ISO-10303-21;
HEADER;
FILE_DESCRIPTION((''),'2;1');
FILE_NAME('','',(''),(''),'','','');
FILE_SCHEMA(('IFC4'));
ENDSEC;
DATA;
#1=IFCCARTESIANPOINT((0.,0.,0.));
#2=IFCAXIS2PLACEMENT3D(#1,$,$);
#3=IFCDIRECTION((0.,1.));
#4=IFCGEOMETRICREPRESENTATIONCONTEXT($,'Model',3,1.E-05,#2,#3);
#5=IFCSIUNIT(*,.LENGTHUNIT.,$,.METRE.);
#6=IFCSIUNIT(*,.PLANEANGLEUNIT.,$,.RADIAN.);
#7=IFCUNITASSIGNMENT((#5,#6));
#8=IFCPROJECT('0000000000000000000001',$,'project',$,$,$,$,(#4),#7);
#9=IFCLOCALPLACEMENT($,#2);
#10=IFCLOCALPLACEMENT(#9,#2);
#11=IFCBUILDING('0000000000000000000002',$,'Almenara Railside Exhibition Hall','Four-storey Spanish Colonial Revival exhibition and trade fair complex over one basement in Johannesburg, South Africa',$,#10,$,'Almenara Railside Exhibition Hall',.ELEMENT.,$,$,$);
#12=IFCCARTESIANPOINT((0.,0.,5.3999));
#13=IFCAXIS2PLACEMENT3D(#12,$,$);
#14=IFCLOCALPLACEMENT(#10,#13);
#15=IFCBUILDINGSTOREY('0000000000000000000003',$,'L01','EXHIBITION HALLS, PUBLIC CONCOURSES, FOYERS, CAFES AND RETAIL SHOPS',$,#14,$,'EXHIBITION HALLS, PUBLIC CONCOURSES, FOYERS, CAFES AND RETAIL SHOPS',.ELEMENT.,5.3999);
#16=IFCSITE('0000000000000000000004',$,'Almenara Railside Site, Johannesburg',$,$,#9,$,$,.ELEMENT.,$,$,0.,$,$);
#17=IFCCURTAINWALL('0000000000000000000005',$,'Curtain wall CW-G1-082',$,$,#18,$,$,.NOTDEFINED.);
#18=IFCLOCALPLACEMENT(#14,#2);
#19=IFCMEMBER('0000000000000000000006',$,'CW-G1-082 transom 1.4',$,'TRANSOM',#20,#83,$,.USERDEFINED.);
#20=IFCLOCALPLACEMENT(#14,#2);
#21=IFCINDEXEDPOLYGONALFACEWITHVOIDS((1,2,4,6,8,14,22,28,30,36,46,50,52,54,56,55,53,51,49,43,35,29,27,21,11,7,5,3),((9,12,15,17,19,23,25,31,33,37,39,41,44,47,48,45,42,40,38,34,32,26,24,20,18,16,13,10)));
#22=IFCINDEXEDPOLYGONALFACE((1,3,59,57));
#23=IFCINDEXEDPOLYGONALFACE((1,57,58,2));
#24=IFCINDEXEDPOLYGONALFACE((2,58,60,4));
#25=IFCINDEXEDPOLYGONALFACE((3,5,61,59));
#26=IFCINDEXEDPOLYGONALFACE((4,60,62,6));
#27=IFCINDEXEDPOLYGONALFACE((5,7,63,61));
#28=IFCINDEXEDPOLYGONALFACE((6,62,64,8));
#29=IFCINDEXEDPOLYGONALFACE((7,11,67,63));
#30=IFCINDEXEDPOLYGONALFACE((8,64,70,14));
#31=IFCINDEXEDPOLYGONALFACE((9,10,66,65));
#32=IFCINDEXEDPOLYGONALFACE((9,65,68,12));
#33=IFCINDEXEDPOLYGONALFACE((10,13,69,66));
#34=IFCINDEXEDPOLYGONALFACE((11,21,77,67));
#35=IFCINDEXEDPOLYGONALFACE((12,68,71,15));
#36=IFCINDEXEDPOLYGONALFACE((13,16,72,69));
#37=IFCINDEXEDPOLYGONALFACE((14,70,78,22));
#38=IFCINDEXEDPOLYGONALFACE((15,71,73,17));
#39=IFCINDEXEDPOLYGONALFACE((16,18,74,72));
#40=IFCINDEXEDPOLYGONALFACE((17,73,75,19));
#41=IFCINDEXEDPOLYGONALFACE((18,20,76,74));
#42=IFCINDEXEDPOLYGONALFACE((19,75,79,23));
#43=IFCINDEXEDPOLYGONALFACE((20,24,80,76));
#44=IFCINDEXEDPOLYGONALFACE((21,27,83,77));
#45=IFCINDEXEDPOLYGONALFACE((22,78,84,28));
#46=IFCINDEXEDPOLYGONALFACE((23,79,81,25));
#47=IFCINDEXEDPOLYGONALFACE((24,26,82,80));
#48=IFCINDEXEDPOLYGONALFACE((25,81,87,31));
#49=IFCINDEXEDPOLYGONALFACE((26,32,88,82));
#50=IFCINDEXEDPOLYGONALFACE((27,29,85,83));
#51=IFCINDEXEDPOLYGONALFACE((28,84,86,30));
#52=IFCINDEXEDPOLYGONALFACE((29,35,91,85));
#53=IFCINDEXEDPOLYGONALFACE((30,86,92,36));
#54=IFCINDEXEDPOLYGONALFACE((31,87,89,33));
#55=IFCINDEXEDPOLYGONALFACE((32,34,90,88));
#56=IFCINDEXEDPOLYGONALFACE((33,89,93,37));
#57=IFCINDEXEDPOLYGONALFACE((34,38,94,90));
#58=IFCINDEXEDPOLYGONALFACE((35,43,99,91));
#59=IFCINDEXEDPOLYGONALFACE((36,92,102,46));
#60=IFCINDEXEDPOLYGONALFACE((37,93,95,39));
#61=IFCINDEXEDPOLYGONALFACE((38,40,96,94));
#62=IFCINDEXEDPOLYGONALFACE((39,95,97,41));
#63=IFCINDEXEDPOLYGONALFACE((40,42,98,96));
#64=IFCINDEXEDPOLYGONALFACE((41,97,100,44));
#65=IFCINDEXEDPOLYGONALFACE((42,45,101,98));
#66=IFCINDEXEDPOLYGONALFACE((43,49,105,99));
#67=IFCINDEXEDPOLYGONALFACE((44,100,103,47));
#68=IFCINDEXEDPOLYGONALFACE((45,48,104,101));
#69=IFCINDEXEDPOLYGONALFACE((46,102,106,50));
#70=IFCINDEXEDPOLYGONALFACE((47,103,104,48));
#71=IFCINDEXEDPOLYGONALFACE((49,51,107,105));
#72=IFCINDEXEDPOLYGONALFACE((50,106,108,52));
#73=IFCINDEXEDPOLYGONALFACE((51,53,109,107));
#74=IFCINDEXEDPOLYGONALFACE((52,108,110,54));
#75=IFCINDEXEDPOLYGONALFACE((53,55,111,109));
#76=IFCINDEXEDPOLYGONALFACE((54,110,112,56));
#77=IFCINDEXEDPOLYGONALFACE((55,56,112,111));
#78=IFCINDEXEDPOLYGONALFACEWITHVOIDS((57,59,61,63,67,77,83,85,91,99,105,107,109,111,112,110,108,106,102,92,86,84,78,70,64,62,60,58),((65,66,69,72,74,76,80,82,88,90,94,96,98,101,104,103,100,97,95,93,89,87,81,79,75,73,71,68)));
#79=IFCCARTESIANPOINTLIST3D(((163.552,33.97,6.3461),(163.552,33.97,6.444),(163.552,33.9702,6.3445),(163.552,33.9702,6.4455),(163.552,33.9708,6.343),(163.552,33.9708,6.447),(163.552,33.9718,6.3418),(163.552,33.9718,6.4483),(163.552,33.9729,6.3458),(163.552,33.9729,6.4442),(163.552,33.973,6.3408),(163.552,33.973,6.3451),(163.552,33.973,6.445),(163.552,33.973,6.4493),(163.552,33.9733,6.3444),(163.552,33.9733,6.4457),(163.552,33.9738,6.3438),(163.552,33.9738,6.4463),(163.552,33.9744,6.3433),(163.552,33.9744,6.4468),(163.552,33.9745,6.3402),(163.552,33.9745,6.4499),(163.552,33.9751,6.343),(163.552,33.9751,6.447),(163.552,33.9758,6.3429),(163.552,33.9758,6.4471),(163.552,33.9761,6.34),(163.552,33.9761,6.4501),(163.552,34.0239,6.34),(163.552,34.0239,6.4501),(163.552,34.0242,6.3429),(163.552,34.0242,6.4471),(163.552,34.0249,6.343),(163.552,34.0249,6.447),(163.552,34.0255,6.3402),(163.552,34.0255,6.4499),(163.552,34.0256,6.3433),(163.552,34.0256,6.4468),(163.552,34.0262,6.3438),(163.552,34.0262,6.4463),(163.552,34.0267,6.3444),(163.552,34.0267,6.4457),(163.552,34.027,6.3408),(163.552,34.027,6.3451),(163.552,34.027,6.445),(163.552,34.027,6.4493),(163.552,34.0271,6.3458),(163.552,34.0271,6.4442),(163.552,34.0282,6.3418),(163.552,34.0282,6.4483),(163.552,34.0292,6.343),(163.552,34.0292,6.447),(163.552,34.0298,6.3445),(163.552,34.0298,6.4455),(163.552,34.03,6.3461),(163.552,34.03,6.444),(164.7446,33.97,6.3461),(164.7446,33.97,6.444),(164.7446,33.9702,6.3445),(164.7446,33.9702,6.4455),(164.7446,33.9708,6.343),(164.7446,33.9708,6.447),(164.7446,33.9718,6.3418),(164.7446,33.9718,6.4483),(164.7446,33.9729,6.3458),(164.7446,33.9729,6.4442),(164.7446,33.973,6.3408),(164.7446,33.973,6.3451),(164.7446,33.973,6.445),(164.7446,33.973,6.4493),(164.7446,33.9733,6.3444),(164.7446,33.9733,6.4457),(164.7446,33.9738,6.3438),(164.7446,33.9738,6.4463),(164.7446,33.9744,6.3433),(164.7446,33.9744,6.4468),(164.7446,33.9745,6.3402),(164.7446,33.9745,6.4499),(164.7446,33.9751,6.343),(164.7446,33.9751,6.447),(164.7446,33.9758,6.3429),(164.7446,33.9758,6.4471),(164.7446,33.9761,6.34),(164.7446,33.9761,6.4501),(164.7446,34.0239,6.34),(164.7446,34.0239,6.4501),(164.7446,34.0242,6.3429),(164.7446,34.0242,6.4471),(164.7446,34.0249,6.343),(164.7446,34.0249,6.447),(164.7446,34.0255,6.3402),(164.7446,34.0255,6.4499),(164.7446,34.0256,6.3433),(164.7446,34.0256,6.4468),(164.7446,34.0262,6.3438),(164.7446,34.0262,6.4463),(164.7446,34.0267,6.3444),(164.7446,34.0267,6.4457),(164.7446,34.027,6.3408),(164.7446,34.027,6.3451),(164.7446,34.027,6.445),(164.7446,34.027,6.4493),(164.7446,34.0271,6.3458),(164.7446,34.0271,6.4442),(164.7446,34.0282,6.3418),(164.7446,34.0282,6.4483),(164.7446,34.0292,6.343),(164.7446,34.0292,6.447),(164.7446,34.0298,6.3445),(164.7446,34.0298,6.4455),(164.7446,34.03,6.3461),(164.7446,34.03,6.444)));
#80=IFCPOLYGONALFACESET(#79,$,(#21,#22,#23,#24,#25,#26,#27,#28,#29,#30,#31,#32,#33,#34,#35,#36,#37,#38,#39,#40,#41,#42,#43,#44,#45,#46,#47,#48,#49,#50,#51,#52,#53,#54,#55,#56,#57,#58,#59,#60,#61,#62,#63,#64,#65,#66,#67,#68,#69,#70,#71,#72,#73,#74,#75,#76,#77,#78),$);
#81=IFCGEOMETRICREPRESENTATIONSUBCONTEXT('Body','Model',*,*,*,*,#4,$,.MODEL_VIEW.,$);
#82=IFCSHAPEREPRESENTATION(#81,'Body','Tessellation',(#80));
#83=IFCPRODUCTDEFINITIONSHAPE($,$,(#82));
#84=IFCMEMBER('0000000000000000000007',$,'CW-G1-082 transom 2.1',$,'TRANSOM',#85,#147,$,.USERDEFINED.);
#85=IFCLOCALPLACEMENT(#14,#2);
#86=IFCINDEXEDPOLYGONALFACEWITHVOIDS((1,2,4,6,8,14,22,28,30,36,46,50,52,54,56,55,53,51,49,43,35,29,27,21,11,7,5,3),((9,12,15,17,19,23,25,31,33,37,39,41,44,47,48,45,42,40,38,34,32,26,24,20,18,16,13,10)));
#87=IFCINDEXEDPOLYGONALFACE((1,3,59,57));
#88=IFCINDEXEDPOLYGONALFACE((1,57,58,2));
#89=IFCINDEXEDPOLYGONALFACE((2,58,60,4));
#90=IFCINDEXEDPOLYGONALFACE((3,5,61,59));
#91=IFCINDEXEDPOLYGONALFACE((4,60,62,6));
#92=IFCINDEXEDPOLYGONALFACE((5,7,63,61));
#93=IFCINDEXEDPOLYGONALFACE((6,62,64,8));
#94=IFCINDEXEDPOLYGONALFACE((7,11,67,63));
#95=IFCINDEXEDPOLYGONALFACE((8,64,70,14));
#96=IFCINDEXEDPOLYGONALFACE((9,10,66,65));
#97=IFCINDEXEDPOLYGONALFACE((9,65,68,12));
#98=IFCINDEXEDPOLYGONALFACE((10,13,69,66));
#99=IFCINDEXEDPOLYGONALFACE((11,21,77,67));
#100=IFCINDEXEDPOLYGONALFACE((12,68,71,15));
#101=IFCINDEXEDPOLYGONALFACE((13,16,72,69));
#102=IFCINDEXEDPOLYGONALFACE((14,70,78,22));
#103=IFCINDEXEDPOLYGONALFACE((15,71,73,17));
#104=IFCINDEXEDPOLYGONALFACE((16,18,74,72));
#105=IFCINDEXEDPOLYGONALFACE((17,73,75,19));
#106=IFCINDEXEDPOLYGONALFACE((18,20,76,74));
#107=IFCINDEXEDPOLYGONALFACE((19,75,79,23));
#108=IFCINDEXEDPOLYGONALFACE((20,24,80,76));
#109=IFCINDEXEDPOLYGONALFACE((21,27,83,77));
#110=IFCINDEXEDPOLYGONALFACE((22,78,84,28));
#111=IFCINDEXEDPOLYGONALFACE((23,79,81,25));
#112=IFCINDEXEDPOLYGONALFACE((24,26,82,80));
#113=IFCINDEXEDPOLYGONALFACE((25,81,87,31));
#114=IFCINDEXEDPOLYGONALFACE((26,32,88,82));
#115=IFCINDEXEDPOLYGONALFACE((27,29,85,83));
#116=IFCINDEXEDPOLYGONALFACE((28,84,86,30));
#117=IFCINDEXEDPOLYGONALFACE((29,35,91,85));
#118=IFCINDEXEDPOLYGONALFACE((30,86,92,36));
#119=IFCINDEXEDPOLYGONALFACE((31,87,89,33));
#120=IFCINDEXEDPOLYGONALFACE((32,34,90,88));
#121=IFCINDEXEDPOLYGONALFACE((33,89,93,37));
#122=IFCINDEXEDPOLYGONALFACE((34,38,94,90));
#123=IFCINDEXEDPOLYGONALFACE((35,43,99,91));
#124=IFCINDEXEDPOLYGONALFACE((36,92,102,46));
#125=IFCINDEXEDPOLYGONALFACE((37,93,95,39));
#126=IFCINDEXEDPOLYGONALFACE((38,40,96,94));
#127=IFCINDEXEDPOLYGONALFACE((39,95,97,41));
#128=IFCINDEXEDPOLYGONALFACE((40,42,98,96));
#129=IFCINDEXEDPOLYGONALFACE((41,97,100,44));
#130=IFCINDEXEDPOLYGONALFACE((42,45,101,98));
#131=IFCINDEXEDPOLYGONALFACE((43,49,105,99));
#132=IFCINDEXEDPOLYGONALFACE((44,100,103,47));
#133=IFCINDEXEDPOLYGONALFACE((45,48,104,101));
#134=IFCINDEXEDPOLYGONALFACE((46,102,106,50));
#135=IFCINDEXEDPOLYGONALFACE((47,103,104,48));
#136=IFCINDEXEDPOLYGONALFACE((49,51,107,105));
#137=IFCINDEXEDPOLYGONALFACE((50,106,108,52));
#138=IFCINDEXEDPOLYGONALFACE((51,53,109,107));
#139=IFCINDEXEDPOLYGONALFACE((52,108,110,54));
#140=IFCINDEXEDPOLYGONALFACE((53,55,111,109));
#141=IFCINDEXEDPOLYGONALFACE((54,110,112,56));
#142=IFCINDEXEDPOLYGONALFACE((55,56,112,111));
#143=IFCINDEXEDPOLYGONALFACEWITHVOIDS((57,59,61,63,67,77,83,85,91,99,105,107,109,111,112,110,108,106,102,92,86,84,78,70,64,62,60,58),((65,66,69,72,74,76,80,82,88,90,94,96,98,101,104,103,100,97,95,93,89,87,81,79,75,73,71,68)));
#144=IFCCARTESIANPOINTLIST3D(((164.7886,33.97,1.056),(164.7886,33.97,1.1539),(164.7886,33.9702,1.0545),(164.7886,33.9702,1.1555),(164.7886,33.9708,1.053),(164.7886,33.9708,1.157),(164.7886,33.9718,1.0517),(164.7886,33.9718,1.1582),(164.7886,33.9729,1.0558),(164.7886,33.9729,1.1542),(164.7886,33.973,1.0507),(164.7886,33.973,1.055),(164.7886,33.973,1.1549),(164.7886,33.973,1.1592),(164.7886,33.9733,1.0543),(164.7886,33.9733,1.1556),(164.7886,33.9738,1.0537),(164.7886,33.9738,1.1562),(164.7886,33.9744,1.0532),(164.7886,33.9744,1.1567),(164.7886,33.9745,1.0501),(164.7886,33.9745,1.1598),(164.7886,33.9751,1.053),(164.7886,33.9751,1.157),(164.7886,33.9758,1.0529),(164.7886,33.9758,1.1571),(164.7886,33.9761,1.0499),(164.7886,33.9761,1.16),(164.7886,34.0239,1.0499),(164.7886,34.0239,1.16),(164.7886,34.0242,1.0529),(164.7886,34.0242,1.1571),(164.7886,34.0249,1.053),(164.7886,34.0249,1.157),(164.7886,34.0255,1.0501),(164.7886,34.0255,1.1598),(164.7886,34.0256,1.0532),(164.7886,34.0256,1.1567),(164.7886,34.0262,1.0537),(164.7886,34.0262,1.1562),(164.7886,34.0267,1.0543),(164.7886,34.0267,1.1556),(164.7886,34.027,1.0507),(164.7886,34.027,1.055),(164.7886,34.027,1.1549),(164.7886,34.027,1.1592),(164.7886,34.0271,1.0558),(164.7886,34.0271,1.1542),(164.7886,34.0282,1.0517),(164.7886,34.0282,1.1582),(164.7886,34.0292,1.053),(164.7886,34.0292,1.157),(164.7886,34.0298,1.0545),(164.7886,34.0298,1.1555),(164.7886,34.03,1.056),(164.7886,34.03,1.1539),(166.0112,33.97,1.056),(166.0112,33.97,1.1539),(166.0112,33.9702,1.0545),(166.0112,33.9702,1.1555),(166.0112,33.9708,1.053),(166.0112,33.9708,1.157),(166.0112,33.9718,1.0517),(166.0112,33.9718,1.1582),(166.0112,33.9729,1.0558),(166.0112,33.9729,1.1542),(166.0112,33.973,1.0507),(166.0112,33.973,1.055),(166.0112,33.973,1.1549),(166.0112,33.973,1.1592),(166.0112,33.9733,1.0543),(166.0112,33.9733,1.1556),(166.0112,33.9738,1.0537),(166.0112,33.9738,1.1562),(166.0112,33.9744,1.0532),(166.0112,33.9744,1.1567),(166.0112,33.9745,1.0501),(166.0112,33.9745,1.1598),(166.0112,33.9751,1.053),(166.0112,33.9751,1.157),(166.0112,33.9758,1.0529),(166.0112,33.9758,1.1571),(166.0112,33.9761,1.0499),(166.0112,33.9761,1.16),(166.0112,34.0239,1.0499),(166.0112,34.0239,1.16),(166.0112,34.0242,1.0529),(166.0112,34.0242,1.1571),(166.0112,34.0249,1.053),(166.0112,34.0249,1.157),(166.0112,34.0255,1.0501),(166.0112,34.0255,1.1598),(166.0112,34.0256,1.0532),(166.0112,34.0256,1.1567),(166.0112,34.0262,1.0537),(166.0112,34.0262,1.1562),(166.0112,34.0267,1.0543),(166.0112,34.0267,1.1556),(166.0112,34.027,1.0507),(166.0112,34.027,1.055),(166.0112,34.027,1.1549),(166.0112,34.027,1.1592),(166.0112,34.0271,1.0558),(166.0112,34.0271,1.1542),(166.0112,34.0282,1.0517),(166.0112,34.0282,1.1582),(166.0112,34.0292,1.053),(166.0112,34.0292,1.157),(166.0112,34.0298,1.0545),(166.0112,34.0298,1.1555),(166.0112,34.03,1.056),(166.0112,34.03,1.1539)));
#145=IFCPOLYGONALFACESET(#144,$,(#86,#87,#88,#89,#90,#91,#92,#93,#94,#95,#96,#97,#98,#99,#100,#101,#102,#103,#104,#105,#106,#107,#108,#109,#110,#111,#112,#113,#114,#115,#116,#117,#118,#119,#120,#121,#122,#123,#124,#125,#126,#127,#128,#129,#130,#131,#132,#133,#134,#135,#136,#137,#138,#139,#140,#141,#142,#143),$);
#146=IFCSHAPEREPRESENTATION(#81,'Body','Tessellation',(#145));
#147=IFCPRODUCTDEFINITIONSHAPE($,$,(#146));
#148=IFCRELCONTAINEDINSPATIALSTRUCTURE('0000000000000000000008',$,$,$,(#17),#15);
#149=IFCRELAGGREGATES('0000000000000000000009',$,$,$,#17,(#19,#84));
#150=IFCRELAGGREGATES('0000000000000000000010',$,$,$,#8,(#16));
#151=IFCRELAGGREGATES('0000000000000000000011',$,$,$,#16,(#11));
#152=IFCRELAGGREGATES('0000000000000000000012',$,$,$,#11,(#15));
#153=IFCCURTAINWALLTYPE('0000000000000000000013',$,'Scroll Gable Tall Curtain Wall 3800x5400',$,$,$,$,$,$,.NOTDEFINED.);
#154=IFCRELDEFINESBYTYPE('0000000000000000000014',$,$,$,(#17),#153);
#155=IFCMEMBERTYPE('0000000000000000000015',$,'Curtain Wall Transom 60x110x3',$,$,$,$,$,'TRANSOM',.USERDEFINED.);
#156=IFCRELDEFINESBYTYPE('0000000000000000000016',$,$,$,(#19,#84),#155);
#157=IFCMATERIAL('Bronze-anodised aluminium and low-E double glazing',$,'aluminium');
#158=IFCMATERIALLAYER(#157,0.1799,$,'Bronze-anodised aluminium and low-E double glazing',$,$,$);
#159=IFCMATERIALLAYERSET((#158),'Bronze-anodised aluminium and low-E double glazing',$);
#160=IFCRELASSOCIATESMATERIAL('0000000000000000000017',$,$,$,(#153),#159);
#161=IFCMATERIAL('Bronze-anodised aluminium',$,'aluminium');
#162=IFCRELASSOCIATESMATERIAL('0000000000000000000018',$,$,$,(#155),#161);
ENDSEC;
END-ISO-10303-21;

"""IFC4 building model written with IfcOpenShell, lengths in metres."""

from ifc_helpers import new_model, si_unit, direction, frame, origin, origin_2d, place, context, subcontext, project, spatial, hollow_rectangle, extrude, material, layer, layer_set, material_profile, profile_set, type_object, element, aggregate, save


model = new_model("IFC4")

# Units and contexts
model_context = context("Model", 3, precision=1e-05, world=origin(), true_north=direction((0.0, 1.0)))
body_context = subcontext(model_context, "Body", "Model", "MODEL_VIEW")
ifc_project = project(units=[si_unit("LENGTHUNIT", "METRE"), si_unit("PLANEANGLEUNIT", "RADIAN")], contexts=[model_context])

# Site, building, storey
site_placement = place(None, origin())
site = spatial("IfcSite", under=ifc_project, at=site_placement, Name="Almenara Railside Site, Johannesburg", CompositionType="ELEMENT", RefElevation=0.0)
building_placement = place(site_placement, origin())
building = spatial("IfcBuilding", under=site, at=building_placement, Name="Almenara Railside Exhibition Hall", Description="Four-storey Spanish Colonial Revival exhibition and trade fair complex over one basement in Johannesburg, South Africa", LongName="Almenara Railside Exhibition Hall", CompositionType="ELEMENT")
storey_placement = place(building_placement, frame((0.0, 0.0, 5.3999)))
storey = spatial("IfcBuildingStorey", under=building, at=storey_placement, Name="L01", Description="EXHIBITION HALLS, PUBLIC CONCOURSES, FOYERS, CAFES AND RETAIL SHOPS", LongName="EXHIBITION HALLS, PUBLIC CONCOURSES, FOYERS, CAFES AND RETAIL SHOPS", CompositionType="ELEMENT", Elevation=5.3999)

# Shared definitions
ifc_material_1 = material(Name="Bronze-anodised aluminium and low-E double glazing", Category="aluminium")
ifc_layer_1 = layer(ifc_material_1, 0.1799, Name="Bronze-anodised aluminium and low-E double glazing")
ifc_layer_set_1 = layer_set([ifc_layer_1], Name="Bronze-anodised aluminium and low-E double glazing")
curtain_wall_type = type_object("IfcCurtainWallType", Name="Scroll Gable Tall Curtain Wall 3800x5400", PredefinedType="NOTDEFINED", material=ifc_layer_set_1)
ifc_material_2 = material(Name="Bronze-anodised aluminium", Category="aluminium")

# Curtain wall, members
curtain_wall_1_placement = place(storey_placement, origin())
curtain_wall_1 = element("IfcCurtainWall", 1, at=curtain_wall_1_placement, inside=storey, type_object=curtain_wall_type, Name="Curtain wall CW-G1-082", PredefinedType="NOTDEFINED")
ifc_material_profile_1 = material_profile(ifc_material_2, hollow_rectangle(XDim=0.0601, YDim=0.1101, WallThickness=0.0029, InnerFilletRadius=0.0029, OuterFilletRadius=0.0061, at=origin_2d()), Name="ALU-TRN 60x110x3")
ifc_profile_set_1 = profile_set([ifc_material_profile_1], Name="Bronze-anodised aluminium")
member_type_1 = type_object("IfcMemberType", Name="Curtain Wall Transom 60x110x3", ElementType="TRANSOM", PredefinedType="USERDEFINED", material=ifc_profile_set_1)
member_1_placement = place(storey_placement, frame((163.552, 34.0, 6.395), z_axis=(1.0, 0.0, 0.0), x_axis=(0.0, 1.0, 0.0)))
member_1 = element("IfcMember", 2, at=member_1_placement, type_object=member_type_1, Name="CW-G1-082 transom 1.4", ObjectType="TRANSOM", PredefinedType="USERDEFINED", context=body_context, shape_type="SweptSolid", body=[
    extrude(hollow_rectangle(XDim=0.0601, YDim=0.1101, WallThickness=0.0029, InnerFilletRadius=0.0029, OuterFilletRadius=0.0061, at=origin_2d()), origin(), (0.0, 0.0, 1.0), 1.1926),
])
member_2_placement = place(storey_placement, frame((164.7886, 34.0, 1.105), z_axis=(1.0, 0.0, 0.0), x_axis=(0.0, 1.0, 0.0)))
member_2 = element("IfcMember", 3, at=member_2_placement, type_object=member_type_1, Name="CW-G1-082 transom 2.1", ObjectType="TRANSOM", PredefinedType="USERDEFINED", context=body_context, shape_type="SweptSolid", body=[
    extrude(hollow_rectangle(XDim=0.0601, YDim=0.1101, WallThickness=0.0029, InnerFilletRadius=0.0029, OuterFilletRadius=0.0061, at=origin_2d()), origin(), (0.0, 0.0, 1.0), 1.2227),
])
aggregate(curtain_wall_1, [member_1, member_2])

save(model, "model.ifc")
